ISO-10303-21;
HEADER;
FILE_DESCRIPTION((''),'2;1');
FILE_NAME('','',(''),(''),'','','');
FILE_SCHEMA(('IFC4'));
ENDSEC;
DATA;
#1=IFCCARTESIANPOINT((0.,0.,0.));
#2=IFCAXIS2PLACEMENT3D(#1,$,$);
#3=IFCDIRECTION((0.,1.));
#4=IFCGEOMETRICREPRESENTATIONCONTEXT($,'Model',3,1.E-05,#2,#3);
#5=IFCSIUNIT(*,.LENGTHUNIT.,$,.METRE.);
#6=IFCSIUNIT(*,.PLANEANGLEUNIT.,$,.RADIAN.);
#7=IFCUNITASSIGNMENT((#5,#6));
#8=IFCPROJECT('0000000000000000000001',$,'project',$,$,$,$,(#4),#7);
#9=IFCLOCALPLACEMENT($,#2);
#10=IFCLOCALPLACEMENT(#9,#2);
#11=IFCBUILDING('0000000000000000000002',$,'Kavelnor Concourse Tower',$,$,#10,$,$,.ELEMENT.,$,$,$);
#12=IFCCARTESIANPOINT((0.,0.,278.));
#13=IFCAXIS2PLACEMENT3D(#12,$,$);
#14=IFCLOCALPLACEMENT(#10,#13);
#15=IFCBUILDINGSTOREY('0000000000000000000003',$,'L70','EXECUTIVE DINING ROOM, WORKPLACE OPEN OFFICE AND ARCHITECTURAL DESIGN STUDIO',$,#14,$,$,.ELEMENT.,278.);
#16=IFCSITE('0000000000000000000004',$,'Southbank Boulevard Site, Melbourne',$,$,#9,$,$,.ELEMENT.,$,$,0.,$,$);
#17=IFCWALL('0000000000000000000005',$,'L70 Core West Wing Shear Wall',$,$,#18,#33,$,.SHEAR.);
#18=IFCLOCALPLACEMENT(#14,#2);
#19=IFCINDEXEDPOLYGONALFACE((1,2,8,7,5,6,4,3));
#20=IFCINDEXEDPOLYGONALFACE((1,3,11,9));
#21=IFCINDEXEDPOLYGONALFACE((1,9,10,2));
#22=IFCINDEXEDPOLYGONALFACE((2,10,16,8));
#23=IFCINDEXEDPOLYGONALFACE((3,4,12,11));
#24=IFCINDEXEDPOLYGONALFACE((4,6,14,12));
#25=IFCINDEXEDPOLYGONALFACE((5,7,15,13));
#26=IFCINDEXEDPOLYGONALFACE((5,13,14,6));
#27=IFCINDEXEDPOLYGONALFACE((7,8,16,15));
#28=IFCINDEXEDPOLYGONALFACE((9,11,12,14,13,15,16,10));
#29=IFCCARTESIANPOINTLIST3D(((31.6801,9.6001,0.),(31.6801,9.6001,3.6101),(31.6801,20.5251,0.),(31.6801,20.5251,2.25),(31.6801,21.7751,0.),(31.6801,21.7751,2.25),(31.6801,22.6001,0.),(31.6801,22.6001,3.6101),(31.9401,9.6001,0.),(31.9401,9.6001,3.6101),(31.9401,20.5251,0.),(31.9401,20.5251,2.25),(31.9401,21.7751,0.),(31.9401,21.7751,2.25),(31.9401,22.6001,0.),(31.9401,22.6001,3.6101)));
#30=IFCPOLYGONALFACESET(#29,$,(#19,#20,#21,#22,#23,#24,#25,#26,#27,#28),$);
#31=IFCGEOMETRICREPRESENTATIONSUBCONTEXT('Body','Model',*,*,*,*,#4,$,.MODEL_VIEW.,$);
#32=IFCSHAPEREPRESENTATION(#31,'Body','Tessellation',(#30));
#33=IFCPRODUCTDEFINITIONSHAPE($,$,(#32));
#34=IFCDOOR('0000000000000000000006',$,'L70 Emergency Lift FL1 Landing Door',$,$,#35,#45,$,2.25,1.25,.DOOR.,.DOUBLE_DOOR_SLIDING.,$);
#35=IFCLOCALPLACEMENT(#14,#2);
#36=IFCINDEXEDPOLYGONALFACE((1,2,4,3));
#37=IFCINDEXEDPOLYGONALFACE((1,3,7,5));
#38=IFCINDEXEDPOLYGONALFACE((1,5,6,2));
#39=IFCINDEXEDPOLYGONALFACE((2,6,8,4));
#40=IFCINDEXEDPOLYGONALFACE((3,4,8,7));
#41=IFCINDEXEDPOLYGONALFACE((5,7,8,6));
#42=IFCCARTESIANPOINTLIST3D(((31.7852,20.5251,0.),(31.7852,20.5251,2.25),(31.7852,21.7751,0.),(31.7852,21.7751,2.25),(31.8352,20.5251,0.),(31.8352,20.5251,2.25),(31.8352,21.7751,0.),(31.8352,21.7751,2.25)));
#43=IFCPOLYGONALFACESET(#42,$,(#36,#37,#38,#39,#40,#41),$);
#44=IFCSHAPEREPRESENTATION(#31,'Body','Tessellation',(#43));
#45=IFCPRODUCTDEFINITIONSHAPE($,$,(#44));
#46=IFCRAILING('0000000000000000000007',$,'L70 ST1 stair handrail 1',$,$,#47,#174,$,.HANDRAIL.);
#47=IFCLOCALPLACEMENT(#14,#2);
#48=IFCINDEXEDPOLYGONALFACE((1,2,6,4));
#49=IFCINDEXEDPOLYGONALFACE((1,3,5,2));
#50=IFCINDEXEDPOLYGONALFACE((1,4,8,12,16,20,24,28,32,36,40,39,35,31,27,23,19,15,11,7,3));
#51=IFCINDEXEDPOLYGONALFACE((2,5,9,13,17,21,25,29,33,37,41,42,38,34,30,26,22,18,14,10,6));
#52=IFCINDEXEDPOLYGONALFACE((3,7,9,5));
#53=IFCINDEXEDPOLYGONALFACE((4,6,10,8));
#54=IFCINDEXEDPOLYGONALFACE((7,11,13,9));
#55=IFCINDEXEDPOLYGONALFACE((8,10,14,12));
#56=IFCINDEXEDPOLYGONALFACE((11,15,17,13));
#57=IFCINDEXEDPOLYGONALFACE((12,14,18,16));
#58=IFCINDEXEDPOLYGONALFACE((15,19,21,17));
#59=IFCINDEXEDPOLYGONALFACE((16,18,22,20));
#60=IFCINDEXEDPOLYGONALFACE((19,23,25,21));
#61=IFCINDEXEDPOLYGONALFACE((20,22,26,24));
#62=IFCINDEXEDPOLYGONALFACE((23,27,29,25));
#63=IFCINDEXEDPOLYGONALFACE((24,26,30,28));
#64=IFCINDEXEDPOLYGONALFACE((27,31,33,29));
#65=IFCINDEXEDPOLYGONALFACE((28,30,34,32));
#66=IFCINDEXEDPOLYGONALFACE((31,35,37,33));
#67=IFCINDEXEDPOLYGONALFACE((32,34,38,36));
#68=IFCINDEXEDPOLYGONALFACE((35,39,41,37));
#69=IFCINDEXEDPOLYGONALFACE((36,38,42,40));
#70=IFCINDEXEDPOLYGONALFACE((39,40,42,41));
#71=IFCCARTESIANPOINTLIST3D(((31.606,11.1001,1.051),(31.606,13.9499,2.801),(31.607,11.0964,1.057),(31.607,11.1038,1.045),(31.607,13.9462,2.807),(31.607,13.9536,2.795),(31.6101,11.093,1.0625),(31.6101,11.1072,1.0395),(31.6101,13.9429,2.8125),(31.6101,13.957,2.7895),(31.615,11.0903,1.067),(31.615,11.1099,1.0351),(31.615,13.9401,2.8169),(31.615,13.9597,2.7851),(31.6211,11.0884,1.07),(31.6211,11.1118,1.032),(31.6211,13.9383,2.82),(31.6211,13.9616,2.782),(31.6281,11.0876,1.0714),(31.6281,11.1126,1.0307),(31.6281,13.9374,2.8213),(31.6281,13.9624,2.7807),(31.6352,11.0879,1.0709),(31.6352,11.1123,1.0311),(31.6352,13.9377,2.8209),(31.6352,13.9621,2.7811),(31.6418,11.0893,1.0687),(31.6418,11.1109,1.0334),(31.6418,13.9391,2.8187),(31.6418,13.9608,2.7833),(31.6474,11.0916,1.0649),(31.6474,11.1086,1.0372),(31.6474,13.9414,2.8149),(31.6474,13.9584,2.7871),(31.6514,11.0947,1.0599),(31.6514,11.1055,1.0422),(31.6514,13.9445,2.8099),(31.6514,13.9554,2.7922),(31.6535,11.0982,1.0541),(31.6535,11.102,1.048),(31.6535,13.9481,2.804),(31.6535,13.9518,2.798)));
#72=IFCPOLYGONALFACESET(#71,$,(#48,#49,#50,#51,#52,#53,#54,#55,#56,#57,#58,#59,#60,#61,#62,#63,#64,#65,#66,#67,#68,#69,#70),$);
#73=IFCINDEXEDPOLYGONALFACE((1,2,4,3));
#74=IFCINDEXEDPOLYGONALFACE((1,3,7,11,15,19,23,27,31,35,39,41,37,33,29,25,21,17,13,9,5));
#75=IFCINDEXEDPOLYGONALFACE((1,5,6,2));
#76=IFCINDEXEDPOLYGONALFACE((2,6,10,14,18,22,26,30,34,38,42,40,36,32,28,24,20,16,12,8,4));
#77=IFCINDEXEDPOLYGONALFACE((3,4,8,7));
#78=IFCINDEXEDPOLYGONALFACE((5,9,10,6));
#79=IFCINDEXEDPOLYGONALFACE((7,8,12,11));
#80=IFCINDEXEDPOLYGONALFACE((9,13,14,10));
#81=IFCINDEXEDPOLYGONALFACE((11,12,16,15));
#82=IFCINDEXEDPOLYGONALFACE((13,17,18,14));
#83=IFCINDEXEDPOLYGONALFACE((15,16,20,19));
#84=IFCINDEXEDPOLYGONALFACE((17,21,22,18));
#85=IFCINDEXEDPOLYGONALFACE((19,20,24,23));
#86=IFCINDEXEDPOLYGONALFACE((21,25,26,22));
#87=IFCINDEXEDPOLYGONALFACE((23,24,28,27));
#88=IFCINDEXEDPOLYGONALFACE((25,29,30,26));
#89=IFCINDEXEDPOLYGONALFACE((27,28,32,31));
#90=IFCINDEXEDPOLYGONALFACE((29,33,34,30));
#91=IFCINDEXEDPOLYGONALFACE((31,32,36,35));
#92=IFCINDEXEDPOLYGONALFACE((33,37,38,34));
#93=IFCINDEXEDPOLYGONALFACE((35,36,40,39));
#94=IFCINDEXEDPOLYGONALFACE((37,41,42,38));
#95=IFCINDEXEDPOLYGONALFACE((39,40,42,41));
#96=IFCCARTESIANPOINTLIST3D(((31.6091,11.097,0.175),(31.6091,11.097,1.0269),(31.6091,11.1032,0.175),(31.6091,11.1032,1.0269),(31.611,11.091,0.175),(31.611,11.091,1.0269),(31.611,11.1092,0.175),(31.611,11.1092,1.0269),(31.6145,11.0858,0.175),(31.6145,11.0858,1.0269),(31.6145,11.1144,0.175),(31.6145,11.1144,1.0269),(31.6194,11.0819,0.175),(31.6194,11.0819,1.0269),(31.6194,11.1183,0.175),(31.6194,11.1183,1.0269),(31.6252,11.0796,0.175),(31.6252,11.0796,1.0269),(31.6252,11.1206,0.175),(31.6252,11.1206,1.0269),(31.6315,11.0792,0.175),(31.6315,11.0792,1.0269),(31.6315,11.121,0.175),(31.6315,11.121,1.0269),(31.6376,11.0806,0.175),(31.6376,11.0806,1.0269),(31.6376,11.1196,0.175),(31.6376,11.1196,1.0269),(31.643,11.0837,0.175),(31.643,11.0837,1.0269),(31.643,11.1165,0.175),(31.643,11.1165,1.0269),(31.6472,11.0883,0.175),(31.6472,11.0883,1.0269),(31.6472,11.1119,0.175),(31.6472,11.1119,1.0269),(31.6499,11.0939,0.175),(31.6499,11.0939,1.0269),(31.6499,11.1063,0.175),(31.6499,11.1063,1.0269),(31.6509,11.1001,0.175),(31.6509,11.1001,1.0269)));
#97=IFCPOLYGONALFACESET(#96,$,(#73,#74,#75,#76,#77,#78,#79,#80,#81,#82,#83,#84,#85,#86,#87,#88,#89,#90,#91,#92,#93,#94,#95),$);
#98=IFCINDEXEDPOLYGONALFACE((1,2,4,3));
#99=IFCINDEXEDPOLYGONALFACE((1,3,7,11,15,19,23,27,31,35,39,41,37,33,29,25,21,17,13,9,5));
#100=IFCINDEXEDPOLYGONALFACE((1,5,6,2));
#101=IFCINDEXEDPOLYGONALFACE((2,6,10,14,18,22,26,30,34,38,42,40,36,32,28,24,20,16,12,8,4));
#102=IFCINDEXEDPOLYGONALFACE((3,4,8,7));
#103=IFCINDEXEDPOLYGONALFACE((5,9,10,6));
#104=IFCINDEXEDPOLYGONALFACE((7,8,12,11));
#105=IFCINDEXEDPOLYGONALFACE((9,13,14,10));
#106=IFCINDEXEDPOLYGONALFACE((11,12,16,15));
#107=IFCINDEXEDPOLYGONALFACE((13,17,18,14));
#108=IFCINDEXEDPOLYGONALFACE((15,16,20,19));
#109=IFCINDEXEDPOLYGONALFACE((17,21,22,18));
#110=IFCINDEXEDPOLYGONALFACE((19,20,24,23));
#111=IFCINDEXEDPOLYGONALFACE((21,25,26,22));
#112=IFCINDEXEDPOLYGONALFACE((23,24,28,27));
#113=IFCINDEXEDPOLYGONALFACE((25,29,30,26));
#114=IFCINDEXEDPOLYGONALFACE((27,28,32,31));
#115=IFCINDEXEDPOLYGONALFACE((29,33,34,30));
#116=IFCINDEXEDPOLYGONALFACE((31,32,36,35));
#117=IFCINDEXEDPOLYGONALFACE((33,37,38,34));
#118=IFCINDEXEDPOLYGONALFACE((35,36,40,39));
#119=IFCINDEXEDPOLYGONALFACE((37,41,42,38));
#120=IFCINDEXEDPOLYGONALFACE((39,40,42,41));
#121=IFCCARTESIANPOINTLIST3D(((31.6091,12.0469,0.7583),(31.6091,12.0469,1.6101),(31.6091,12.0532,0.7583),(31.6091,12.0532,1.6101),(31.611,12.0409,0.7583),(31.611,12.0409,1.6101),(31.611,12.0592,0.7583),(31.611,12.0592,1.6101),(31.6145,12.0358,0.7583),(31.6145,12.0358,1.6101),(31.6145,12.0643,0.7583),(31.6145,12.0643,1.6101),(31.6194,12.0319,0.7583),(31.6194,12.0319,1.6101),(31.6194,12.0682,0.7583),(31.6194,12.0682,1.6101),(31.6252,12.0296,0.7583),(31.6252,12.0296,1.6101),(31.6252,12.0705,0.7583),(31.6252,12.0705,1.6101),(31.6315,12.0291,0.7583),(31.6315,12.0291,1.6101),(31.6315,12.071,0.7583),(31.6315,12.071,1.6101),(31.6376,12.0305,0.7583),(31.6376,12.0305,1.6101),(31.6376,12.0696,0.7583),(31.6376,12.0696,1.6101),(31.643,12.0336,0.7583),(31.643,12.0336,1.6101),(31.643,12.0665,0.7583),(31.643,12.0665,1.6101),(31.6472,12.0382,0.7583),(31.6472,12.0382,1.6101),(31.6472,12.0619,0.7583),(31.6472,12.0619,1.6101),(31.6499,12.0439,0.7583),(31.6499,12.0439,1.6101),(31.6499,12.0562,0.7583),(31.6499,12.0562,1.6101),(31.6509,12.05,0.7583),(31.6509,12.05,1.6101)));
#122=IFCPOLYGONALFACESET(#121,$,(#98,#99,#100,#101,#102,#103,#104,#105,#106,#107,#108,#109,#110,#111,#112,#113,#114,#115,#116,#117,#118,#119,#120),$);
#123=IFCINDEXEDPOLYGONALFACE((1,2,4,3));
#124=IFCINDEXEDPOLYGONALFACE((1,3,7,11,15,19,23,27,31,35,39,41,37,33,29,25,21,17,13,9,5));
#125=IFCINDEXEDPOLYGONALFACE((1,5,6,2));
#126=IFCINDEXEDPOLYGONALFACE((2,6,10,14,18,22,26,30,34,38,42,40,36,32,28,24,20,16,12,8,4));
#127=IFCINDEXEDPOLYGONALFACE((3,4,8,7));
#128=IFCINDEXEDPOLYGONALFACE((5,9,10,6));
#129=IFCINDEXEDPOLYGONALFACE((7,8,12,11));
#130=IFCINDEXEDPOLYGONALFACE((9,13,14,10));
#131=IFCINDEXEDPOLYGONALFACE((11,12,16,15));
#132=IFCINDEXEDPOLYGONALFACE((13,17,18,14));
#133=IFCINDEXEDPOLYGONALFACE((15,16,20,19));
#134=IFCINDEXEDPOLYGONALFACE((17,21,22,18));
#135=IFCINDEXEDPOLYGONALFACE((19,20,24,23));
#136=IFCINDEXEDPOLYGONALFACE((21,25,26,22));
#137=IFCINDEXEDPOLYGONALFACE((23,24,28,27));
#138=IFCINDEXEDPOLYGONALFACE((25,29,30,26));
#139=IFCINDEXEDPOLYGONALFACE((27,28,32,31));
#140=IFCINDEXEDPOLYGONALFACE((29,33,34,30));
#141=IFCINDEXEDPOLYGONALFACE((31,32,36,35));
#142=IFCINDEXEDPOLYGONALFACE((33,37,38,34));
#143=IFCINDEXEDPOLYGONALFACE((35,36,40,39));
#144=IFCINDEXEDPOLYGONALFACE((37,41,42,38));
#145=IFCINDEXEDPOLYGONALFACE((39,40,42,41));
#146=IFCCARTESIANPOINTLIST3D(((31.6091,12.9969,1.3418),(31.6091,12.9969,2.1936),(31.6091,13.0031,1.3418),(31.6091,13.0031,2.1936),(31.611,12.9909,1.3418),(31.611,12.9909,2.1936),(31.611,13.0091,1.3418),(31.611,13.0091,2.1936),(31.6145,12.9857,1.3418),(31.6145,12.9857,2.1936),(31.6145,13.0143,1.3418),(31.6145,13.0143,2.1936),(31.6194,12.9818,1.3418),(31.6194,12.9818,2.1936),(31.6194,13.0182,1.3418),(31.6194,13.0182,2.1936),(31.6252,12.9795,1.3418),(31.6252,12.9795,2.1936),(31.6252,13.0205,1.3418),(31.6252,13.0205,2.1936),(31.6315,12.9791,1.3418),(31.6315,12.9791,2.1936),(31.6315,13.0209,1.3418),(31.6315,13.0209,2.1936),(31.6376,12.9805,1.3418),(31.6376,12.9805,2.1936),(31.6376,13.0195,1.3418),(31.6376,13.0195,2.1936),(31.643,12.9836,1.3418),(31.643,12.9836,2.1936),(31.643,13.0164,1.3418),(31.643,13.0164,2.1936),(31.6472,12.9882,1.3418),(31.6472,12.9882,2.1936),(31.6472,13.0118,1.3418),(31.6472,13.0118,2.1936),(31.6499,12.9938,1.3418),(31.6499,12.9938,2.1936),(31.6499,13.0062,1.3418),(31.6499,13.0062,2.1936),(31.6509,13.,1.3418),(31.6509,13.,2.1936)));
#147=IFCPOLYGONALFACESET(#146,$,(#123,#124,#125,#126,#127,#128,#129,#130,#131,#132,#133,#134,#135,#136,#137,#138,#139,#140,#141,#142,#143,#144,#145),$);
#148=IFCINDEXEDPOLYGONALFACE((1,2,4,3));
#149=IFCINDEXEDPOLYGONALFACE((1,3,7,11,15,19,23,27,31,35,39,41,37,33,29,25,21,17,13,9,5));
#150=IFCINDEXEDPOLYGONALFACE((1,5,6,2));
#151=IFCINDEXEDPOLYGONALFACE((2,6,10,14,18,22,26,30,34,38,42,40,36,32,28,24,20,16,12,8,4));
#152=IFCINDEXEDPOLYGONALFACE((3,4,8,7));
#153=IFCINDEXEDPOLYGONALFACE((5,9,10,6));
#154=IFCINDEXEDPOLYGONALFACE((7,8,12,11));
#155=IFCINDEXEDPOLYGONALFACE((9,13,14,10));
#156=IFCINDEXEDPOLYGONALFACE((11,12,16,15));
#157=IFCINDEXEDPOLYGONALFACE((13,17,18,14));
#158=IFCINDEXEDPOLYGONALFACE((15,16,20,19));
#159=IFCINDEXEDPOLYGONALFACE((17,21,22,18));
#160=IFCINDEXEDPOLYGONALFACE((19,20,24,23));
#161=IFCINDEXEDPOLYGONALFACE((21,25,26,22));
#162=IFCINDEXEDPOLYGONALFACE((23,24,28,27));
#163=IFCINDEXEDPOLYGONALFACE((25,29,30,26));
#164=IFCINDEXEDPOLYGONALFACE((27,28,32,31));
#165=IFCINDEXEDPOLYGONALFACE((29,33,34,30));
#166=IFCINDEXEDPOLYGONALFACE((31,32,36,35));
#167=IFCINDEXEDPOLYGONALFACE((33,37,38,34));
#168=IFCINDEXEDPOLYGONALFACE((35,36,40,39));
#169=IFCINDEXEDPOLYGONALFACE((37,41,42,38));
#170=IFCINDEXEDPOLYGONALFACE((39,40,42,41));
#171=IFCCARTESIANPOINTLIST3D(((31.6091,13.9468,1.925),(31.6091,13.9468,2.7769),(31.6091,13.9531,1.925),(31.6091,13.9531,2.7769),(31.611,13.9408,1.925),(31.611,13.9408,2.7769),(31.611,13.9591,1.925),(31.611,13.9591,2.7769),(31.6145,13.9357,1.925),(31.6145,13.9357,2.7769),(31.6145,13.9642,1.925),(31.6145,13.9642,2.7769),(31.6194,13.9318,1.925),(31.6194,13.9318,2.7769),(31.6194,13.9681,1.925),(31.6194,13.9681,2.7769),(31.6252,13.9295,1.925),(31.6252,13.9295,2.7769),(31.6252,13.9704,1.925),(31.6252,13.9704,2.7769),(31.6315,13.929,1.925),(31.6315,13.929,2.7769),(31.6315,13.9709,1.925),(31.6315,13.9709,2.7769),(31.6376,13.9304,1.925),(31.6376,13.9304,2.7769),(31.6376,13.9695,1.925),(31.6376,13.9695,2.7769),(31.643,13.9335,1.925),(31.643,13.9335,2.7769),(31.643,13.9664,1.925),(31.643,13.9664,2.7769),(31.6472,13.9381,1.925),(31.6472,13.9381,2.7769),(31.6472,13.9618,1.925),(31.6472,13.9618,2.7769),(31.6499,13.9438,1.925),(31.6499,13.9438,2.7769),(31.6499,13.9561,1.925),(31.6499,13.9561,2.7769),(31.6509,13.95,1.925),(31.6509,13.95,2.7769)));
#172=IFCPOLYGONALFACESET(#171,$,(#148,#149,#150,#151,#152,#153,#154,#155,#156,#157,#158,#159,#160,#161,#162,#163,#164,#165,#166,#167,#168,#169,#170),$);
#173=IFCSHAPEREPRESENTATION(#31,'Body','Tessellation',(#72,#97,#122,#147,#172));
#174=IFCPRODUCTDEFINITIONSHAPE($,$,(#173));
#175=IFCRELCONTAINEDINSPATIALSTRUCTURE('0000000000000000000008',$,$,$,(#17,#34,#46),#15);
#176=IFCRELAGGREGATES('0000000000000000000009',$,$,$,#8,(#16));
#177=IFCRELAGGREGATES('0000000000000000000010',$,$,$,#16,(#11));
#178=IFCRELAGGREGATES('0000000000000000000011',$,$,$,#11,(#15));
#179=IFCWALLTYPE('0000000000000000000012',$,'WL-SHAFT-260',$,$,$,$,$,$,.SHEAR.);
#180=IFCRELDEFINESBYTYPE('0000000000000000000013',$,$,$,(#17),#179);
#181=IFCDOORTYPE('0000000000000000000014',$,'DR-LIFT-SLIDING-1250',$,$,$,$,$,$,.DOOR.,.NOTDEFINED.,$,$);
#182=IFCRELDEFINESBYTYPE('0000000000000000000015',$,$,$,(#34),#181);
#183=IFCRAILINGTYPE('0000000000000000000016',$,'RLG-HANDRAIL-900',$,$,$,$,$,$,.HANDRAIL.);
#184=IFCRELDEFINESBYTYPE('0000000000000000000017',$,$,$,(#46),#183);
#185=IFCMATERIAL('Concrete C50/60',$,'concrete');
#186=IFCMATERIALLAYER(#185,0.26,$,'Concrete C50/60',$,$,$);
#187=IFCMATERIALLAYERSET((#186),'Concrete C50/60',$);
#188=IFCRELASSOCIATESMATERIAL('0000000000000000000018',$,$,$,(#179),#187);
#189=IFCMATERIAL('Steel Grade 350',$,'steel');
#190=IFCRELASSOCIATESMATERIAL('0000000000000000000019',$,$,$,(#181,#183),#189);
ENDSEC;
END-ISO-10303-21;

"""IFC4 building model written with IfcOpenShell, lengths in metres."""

from ifc_helpers import new_model, si_unit, direction, frame, frame_2d, origin, origin_2d, place, context, subcontext, project, spatial, rectangle, circle, extrude, material, layer, layer_set, type_object, element, fill, save


model = new_model("IFC4")

# Units and contexts
model_context = context("Model", 3, precision=1e-05, world=origin(), true_north=direction((0.0, 1.0)))
body_context = subcontext(model_context, "Body", "Model", "MODEL_VIEW")
ifc_project = project(units=[si_unit("LENGTHUNIT", "METRE"), si_unit("PLANEANGLEUNIT", "RADIAN")], contexts=[model_context])

# Site, building, storey
site_placement = place(None, origin())
site = spatial("IfcSite", under=ifc_project, at=site_placement, Name="Southbank Boulevard Site, Melbourne", CompositionType="ELEMENT", RefElevation=0.0)
building_placement = place(site_placement, origin())
building = spatial("IfcBuilding", under=site, at=building_placement, Name="Kavelnor Concourse Tower", CompositionType="ELEMENT")
storey_placement = place(building_placement, frame((0.0, 0.0, 278.0)))
storey = spatial("IfcBuildingStorey", under=building, at=storey_placement, Name="L70", Description="EXECUTIVE DINING ROOM, WORKPLACE OPEN OFFICE AND ARCHITECTURAL DESIGN STUDIO", CompositionType="ELEMENT", Elevation=278.0)

# Shared definitions
ifc_material_1 = material(Name="Steel Grade 350", Category="steel")

# Shared definitions
ifc_material_2 = material(Name="Concrete C50/60", Category="concrete")

# Wall, opening, door
ifc_layer_1 = layer(ifc_material_2, 0.26, Name="Concrete C50/60")
ifc_layer_set_1 = layer_set([ifc_layer_1], Name="Concrete C50/60")
wall_type_1 = type_object("IfcWallType", Name="WL-SHAFT-260", PredefinedType="SHEAR", material=ifc_layer_set_1)
wall_1_placement = place(storey_placement, frame((31.8101, 9.6001, 0.0), z_axis=(0.0, 0.0, 1.0), x_axis=(0.0, 1.0, 0.0)))
wall_1 = element("IfcWall", 1, at=wall_1_placement, inside=storey, type_object=wall_type_1, Name="L70 Core West Wing Shear Wall", PredefinedType="SHEAR", context=body_context, shape_type="SweptSolid", body=[
    extrude(rectangle(XDim=13.0, YDim=0.26, at=frame_2d((6.5, 0.0))), origin(), (0.0, 0.0, 1.0), 3.6101),
])
opening_1_placement = place(wall_1_placement, frame((10.925, 0.0, 0.0)))
opening_1 = element("IfcOpeningElement", 2, at=opening_1_placement, cuts=wall_1, PredefinedType="OPENING", context=body_context, shape_type="SweptSolid", body=[
    extrude(rectangle(XDim=1.25, YDim=2.25, at=frame_2d((0.625, 1.125))), frame((0.0, 0.1401, 0.0), z_axis=(0.0, -1.0, 0.0), x_axis=(1.0, 0.0, 0.0)), (0.0, 0.0, 1.0), 0.28),
])
door_type_1 = type_object("IfcDoorType", Name="DR-LIFT-SLIDING-1250", OperationType="NOTDEFINED", PredefinedType="DOOR", material=ifc_material_1)
door_1_placement = place(opening_1_placement, origin())
door_1 = element("IfcDoor", 3, at=door_1_placement, inside=storey, type_object=door_type_1, Name="L70 Emergency Lift FL1 Landing Door", OperationType="DOUBLE_DOOR_SLIDING", OverallHeight=2.25, OverallWidth=1.25, PredefinedType="DOOR", context=body_context, shape_type="SweptSolid", body=[
    extrude(rectangle(XDim=1.25, YDim=2.25, at=frame_2d((0.625, 1.125))), frame((0.0, 0.0249, 0.0), z_axis=(0.0, -1.0, 0.0), x_axis=(1.0, 0.0, 0.0)), (0.0, 0.0, 1.0), 0.05),
])
fill(opening_1, door_1)

# Railing
railing_type = type_object("IfcRailingType", Name="RLG-HANDRAIL-900", PredefinedType="HANDRAIL", material=ifc_material_1)
railing_placement = place(storey_placement, frame((31.6299, 11.1001, 0.175)))
element("IfcRailing", 4, at=railing_placement, inside=storey, type_object=railing_type, Name="L70 ST1 stair handrail 1", PredefinedType="HANDRAIL", context=body_context, shape_type="SweptSolid", body=[
    extrude(circle(Radius=0.0239, at=origin_2d()), frame((0.0, 0.0, 0.876), z_axis=(0.0, 0.852159, 0.523283), x_axis=(-1.0, 0.0, 0.0)), (0.0, 0.0, 1.0), 3.3442),
    extrude(circle(Radius=0.021, at=origin_2d()), origin(), (0.0, 0.0, 1.0), 0.8518),
    extrude(circle(Radius=0.021, at=origin_2d()), frame((0.0, 0.95, 0.5833)), (0.0, 0.0, 1.0), 0.8518),
    extrude(circle(Radius=0.021, at=origin_2d()), frame((0.0, 1.8999, 1.1667)), (0.0, 0.0, 1.0), 0.8518),
    extrude(circle(Radius=0.021, at=origin_2d()), frame((0.0, 2.8499, 1.75)), (0.0, 0.0, 1.0), 0.8518),
])

save(model, "model.ifc")
